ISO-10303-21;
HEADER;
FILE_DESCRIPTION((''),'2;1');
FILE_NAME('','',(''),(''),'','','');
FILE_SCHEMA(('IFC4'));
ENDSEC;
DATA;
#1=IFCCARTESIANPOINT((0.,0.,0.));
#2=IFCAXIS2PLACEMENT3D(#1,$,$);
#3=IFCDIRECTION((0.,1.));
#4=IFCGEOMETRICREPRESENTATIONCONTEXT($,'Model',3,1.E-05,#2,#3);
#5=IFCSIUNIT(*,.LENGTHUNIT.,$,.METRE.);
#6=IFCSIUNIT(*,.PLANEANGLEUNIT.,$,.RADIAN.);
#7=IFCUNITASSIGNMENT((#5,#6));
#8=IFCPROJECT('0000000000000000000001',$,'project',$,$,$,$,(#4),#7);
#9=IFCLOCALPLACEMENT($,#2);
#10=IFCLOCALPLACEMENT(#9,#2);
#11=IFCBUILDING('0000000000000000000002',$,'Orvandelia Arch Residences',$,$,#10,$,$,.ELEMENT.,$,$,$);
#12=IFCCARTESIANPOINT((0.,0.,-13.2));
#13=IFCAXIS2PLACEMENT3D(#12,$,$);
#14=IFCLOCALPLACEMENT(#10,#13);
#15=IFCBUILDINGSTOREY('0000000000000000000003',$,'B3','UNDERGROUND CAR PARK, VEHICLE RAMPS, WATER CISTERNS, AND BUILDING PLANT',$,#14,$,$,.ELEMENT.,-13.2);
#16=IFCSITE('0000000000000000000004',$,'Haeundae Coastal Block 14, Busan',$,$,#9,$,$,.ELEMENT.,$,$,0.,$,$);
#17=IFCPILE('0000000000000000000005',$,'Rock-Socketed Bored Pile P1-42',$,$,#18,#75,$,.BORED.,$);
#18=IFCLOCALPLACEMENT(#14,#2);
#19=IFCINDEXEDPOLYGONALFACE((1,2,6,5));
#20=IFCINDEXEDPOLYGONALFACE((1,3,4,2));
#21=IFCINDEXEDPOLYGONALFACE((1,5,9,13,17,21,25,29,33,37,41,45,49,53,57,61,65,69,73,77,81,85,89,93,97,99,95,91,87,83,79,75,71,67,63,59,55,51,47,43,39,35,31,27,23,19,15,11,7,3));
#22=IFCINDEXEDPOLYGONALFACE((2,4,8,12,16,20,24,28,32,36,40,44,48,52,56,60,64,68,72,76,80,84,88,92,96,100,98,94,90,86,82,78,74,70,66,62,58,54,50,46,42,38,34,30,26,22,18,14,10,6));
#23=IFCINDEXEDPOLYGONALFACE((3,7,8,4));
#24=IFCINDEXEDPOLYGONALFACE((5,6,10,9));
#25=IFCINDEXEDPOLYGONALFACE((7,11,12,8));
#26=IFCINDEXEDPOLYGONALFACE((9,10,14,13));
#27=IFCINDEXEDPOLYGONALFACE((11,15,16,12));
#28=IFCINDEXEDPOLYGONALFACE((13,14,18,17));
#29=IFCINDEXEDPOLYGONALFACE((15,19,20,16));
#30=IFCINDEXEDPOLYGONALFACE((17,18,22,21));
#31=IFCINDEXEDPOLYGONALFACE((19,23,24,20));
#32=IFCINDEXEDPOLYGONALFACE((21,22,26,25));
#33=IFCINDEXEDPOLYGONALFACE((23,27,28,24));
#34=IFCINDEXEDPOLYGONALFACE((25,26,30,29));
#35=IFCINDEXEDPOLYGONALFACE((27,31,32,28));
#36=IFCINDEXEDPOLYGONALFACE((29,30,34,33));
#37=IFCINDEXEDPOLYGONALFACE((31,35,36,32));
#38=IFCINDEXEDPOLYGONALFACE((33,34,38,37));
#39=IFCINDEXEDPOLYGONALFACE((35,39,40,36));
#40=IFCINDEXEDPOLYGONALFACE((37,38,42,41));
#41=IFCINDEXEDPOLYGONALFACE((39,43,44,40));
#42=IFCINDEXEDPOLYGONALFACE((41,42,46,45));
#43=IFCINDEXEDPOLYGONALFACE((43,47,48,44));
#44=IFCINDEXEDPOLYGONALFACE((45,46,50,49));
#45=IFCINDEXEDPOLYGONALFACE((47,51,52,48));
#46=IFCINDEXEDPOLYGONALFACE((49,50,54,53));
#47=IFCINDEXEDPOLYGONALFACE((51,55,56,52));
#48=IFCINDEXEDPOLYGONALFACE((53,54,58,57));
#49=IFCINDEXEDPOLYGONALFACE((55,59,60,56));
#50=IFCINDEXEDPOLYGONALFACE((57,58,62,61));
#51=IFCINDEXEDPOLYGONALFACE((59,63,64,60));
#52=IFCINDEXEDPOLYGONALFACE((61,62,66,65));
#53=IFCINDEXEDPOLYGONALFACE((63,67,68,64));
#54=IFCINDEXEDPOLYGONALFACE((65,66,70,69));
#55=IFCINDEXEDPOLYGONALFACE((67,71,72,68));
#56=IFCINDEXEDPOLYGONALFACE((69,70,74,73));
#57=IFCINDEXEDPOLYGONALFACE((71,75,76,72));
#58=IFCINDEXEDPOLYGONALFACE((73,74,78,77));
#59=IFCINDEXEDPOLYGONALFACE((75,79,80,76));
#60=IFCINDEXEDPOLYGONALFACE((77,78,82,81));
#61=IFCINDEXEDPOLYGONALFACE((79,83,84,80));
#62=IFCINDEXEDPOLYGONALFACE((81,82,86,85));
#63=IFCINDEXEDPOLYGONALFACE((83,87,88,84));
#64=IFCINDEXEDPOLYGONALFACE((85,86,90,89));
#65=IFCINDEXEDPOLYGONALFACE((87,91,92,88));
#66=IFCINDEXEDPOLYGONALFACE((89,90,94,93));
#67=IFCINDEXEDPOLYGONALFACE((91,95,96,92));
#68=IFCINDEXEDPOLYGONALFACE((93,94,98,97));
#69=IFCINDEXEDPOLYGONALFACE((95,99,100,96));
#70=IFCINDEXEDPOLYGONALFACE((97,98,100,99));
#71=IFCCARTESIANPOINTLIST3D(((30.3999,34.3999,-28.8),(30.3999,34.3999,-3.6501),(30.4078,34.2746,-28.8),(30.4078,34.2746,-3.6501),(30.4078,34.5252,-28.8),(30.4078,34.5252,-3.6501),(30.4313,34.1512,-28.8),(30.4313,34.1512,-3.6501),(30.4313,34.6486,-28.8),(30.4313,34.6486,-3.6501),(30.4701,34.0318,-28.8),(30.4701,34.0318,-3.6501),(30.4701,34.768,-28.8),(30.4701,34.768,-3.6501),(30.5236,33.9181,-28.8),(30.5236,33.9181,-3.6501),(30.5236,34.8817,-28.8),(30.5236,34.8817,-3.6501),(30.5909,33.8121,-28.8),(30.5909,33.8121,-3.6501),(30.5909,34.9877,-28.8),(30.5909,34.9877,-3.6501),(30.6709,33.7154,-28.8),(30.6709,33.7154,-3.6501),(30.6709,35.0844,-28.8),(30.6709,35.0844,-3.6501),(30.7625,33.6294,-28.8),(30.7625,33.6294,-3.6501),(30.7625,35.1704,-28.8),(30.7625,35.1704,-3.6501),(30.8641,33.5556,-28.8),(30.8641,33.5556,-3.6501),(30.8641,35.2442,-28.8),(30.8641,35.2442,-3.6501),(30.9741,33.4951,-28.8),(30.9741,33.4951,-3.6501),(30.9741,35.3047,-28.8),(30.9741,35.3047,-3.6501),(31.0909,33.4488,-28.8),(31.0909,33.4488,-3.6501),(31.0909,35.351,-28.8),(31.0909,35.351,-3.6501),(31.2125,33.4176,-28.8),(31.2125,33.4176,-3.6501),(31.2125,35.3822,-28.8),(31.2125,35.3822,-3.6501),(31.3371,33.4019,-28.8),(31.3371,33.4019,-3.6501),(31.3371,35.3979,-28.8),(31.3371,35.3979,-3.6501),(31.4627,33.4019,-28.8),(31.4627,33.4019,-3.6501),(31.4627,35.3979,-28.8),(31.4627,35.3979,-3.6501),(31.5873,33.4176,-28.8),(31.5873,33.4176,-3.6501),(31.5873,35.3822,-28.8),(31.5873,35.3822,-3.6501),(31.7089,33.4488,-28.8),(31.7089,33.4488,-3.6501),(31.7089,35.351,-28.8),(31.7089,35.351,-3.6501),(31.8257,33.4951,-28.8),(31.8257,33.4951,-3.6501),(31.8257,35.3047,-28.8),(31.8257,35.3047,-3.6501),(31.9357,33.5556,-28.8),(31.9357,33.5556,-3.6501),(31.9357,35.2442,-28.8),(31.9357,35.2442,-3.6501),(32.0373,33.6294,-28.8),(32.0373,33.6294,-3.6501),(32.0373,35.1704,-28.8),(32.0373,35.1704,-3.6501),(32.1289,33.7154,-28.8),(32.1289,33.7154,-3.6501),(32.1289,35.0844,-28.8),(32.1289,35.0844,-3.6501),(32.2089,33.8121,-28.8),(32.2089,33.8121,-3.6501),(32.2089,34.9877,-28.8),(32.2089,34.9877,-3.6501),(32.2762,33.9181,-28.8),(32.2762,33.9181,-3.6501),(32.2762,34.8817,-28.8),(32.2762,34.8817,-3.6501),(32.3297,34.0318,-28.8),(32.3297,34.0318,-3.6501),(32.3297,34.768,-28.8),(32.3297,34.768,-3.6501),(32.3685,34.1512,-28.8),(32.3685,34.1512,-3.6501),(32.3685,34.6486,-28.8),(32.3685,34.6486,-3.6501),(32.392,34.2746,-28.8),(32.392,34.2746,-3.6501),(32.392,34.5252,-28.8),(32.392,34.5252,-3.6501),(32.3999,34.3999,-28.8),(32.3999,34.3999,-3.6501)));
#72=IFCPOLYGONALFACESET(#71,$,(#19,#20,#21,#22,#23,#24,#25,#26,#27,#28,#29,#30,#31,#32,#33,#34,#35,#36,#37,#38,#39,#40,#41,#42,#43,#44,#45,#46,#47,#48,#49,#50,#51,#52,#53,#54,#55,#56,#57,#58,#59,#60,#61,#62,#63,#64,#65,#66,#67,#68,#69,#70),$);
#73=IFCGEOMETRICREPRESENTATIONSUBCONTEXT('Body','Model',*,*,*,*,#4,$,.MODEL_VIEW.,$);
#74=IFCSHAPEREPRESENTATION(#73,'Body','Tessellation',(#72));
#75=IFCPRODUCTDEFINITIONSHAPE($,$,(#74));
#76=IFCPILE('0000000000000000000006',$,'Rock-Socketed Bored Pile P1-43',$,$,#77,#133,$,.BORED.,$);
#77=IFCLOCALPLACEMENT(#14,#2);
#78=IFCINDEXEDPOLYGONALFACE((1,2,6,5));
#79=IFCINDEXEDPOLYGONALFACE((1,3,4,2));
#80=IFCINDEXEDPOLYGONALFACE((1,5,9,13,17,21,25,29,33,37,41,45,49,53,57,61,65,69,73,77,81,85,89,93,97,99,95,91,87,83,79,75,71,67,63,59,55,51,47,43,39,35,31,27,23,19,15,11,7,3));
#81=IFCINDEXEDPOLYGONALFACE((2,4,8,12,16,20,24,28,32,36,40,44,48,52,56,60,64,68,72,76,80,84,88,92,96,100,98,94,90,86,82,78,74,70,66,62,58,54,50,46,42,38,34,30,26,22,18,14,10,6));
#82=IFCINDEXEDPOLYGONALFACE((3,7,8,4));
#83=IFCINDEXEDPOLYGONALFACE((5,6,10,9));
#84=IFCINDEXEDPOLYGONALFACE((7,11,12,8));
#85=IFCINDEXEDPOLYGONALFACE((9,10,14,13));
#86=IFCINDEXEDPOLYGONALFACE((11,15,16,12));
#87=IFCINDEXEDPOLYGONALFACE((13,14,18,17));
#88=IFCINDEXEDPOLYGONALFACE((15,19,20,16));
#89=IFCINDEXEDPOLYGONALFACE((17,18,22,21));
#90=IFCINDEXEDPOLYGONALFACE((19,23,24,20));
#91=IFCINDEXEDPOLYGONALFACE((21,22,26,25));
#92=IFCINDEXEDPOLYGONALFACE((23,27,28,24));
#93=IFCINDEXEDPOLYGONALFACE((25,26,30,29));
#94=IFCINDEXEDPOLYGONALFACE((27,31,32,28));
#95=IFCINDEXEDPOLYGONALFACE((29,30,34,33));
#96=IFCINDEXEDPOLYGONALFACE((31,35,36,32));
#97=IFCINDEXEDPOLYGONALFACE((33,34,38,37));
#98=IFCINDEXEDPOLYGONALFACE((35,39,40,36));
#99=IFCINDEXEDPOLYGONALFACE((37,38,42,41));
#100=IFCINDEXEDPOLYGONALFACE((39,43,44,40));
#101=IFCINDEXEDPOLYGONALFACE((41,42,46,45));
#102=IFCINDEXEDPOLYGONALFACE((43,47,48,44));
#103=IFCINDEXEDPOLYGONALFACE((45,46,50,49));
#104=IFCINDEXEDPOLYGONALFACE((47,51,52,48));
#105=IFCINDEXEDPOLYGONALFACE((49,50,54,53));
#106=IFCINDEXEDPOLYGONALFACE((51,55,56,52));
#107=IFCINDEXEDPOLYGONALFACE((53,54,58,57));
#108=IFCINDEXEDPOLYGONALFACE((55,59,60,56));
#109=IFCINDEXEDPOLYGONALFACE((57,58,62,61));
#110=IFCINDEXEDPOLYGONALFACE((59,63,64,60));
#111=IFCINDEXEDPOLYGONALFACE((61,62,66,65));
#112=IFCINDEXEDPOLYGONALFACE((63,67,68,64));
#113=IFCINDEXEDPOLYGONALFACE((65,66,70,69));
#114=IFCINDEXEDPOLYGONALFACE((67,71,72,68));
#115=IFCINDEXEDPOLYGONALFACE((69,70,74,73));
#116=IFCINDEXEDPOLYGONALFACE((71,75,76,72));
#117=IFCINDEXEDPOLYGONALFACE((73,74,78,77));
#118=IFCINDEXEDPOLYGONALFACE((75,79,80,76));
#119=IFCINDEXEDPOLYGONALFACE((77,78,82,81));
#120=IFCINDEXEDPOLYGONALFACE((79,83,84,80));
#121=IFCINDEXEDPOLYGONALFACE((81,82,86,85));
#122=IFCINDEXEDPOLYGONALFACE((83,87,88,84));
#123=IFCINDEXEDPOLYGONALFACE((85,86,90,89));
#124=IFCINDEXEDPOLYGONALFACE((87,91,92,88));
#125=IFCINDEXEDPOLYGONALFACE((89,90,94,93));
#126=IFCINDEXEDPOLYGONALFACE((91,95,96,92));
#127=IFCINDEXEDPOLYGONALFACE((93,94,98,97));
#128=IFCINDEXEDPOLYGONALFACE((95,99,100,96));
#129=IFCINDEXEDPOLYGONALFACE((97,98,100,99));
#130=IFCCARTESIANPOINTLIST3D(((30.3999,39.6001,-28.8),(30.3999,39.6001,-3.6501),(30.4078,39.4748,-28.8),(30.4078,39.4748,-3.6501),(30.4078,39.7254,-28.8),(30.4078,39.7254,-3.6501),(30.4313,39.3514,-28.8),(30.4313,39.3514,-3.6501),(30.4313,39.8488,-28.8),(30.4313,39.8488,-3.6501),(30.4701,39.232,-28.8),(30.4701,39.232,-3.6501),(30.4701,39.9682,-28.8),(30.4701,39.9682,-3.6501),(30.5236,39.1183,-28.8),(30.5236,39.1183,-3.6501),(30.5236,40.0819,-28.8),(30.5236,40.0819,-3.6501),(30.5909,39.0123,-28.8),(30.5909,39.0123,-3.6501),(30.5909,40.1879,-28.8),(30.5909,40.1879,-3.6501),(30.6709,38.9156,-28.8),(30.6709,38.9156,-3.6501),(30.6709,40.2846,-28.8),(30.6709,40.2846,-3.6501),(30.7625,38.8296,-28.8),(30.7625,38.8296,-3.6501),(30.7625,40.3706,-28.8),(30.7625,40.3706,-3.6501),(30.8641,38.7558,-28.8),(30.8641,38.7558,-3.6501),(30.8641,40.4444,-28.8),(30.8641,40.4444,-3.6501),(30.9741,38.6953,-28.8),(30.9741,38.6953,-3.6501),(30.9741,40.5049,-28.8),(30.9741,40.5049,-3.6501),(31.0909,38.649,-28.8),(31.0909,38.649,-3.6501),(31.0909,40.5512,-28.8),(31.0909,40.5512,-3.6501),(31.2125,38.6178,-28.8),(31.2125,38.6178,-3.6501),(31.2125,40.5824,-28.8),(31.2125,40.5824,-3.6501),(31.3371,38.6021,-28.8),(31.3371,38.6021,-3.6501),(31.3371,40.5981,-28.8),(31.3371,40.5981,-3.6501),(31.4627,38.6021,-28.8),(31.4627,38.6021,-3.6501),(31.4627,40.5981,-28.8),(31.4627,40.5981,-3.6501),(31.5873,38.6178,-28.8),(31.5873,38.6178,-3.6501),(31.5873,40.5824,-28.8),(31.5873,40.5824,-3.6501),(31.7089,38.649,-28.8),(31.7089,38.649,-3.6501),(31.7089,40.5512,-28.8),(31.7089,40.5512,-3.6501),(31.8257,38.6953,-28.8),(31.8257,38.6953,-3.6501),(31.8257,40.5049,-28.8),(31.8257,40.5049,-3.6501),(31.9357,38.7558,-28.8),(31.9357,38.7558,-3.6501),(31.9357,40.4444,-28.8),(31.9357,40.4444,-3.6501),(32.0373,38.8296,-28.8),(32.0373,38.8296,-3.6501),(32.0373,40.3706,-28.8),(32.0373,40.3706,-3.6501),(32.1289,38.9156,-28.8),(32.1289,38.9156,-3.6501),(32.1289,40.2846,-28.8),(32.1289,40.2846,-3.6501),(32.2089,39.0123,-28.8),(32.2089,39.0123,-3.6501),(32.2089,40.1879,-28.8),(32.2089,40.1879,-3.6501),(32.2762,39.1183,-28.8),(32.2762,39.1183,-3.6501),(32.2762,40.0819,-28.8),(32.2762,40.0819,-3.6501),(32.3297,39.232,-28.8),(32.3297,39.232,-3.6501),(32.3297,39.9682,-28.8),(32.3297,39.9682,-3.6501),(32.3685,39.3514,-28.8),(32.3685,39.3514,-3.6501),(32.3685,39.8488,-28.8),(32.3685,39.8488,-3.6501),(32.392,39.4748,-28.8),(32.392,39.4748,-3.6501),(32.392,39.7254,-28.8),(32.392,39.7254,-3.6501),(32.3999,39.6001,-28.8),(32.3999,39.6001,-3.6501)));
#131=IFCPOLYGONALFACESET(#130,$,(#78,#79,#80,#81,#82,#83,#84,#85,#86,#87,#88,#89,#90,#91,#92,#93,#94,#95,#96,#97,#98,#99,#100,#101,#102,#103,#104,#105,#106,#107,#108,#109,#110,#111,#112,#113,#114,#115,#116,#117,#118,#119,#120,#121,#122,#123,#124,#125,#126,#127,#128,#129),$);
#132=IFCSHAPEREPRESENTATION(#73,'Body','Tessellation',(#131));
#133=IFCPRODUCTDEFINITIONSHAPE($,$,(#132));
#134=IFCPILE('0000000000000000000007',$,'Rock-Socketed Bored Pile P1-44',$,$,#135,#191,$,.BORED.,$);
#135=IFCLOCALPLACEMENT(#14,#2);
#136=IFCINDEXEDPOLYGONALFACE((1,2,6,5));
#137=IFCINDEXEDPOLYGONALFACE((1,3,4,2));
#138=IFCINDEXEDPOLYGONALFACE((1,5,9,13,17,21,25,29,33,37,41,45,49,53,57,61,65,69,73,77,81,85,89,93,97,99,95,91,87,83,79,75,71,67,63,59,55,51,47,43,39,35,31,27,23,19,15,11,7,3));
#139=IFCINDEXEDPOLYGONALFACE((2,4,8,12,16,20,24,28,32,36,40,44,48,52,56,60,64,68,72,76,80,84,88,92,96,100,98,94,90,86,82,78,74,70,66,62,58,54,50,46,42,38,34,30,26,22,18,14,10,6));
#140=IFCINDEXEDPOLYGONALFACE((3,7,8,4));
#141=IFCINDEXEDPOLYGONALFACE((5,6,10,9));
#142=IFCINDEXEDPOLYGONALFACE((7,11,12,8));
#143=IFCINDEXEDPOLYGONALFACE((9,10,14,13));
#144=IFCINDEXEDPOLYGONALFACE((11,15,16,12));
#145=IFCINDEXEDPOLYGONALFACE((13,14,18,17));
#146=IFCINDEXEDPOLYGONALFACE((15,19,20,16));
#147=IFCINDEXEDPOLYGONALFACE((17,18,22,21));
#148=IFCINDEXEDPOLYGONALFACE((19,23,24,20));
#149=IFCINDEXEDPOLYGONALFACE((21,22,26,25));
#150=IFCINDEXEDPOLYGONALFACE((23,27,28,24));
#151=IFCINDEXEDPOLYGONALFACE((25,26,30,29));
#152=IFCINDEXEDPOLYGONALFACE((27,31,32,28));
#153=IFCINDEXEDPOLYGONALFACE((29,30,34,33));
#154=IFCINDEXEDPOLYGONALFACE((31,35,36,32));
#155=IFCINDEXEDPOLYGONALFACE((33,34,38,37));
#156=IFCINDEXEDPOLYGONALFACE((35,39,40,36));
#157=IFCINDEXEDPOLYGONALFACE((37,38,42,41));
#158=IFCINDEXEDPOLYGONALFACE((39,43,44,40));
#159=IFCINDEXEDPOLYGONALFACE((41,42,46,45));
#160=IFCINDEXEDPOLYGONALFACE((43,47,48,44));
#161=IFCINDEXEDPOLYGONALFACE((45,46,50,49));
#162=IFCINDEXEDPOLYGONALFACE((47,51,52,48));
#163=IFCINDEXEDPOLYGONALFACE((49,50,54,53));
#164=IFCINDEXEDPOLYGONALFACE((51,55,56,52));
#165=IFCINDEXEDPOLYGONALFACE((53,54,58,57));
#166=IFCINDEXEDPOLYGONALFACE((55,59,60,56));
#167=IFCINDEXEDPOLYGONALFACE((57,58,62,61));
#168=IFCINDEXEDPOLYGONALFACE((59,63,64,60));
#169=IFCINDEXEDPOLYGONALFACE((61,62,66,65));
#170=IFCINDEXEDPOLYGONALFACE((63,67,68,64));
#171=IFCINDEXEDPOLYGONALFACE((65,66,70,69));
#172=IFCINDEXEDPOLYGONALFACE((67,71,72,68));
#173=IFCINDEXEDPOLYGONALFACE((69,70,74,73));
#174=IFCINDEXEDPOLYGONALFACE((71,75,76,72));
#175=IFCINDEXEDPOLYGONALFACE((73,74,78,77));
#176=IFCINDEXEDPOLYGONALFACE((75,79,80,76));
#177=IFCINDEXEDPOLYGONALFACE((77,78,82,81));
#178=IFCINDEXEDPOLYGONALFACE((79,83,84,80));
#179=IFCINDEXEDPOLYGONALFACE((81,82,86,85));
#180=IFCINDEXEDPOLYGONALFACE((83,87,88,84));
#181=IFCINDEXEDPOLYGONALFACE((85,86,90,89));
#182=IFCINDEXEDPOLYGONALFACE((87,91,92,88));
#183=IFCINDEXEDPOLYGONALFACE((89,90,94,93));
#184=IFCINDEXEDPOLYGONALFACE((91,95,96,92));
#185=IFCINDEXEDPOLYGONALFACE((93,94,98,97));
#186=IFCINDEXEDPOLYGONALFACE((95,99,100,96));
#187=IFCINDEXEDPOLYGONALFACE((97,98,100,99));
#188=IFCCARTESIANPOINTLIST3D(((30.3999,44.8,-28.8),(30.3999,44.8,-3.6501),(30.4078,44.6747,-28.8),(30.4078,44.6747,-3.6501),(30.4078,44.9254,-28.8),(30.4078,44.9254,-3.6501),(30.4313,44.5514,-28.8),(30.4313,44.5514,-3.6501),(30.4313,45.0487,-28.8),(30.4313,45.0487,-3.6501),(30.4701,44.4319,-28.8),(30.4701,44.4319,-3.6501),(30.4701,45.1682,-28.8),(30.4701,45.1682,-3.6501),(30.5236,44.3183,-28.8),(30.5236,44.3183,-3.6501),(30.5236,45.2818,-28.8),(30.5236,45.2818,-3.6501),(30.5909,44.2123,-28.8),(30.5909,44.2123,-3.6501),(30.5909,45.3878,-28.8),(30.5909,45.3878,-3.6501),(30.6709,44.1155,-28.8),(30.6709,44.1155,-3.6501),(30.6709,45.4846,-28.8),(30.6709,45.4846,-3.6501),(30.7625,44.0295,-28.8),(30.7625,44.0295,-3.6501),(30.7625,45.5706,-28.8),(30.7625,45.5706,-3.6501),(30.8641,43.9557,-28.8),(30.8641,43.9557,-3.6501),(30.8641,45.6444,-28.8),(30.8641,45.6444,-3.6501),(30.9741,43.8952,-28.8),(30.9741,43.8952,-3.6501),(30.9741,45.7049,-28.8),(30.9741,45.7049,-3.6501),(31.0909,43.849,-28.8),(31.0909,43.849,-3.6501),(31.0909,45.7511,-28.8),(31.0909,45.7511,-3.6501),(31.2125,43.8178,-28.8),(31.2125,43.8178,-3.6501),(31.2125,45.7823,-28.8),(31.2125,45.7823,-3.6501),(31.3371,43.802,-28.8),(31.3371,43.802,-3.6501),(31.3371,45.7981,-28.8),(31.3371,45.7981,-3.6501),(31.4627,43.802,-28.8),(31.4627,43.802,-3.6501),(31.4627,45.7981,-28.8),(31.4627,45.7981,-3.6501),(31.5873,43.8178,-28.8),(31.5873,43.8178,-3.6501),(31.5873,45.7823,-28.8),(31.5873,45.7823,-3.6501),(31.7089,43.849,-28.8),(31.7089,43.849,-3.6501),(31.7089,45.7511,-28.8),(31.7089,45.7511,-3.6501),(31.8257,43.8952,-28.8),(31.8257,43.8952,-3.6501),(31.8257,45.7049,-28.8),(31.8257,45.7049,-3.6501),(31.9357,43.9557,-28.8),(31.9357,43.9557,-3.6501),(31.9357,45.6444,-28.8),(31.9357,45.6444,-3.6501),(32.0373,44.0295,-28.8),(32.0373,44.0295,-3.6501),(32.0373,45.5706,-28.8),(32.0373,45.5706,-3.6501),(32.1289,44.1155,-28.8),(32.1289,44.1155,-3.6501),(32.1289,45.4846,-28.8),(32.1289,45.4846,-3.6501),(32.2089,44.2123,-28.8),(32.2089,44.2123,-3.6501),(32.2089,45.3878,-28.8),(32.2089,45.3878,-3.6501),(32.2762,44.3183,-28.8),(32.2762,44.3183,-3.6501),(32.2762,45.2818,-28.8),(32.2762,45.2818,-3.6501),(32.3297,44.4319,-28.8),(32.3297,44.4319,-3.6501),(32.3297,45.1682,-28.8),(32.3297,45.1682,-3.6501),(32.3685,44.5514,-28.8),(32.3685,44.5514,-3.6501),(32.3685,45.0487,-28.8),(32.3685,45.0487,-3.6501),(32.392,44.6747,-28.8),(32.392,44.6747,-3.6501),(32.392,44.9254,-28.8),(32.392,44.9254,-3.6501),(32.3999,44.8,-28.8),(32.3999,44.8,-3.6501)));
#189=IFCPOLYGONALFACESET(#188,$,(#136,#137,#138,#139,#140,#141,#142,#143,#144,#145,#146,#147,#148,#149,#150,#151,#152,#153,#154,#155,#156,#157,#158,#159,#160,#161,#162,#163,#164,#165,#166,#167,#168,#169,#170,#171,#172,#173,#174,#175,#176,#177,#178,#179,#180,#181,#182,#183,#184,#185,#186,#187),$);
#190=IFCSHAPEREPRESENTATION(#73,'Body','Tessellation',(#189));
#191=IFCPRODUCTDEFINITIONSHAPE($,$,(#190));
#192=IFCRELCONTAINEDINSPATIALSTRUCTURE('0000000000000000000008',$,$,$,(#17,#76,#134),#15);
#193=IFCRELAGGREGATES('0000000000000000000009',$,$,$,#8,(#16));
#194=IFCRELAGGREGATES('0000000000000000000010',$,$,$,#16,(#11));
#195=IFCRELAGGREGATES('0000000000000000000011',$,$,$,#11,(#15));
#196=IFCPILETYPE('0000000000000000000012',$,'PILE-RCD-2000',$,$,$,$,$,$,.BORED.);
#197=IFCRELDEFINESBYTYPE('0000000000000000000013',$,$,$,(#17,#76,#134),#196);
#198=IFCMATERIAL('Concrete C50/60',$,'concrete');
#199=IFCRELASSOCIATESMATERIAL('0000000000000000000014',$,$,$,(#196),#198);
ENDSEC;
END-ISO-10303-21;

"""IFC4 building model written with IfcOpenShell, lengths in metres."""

from ifc_helpers import new_model, si_unit, direction, frame, origin, origin_2d, place, context, subcontext, project, spatial, circle, extrude, material, material_profile, profile_set, type_object, element, save


model = new_model("IFC4")

# Units and contexts
model_context = context("Model", 3, precision=1e-05, world=origin(), true_north=direction((0.0, 1.0)))
body_context = subcontext(model_context, "Body", "Model", "MODEL_VIEW")
ifc_project = project(units=[si_unit("LENGTHUNIT", "METRE"), si_unit("PLANEANGLEUNIT", "RADIAN")], contexts=[model_context])

# Site, building, storey
site_placement = place(None, origin())
site = spatial("IfcSite", under=ifc_project, at=site_placement, Name="Haeundae Coastal Block 14, Busan", CompositionType="ELEMENT", RefElevation=0.0)
building_placement = place(site_placement, origin())
building = spatial("IfcBuilding", under=site, at=building_placement, Name="Orvandelia Arch Residences", CompositionType="ELEMENT")
storey_placement = place(building_placement, frame((0.0, 0.0, -13.2)))
storey = spatial("IfcBuildingStorey", under=building, at=storey_placement, Name="B3", Description="UNDERGROUND CAR PARK, VEHICLE RAMPS, WATER CISTERNS, AND BUILDING PLANT", CompositionType="ELEMENT", Elevation=-13.2)

# Shared definitions
ifc_material_1 = material(Name="Concrete C50/60", Category="concrete")

# Piles
ifc_material_profile_1 = material_profile(ifc_material_1, circle(Radius=1.0, at=origin_2d()), Name="Concrete C50/60", Category="concrete")
ifc_profile_set_1 = profile_set([ifc_material_profile_1], Name="Concrete C50/60")
pile_type = type_object("IfcPileType", Name="PILE-RCD-2000", PredefinedType="BORED", material=ifc_profile_set_1)
for number, where, z_axis, x_axis, name in (
    (1, (31.3999, 34.3999, -3.6501), (0.0, 0.0, -1.0), (1.0, 0.0, 0.0), "Rock-Socketed Bored Pile P1-42"),
    (2, (31.3999, 39.6001, -3.6501), (0.0, 0.0, -1.0), (1.0, 0.0, 0.0), "Rock-Socketed Bored Pile P1-43"),
    (3, (31.3999, 44.8, -3.6501), (0.0, 0.0, -1.0), (1.0, 0.0, 0.0), "Rock-Socketed Bored Pile P1-44"),
):
    element("IfcPile", number, at=place(storey_placement, frame(where, z_axis=z_axis, x_axis=x_axis)), inside=storey, type_object=pile_type, Name=name, PredefinedType="BORED", context=body_context, shape_type="SweptSolid", body=[
        extrude(circle(Radius=1.0, at=origin_2d()), origin(), (0.0, 0.0, 1.0), 25.1499),
    ])

save(model, "model.ifc")
